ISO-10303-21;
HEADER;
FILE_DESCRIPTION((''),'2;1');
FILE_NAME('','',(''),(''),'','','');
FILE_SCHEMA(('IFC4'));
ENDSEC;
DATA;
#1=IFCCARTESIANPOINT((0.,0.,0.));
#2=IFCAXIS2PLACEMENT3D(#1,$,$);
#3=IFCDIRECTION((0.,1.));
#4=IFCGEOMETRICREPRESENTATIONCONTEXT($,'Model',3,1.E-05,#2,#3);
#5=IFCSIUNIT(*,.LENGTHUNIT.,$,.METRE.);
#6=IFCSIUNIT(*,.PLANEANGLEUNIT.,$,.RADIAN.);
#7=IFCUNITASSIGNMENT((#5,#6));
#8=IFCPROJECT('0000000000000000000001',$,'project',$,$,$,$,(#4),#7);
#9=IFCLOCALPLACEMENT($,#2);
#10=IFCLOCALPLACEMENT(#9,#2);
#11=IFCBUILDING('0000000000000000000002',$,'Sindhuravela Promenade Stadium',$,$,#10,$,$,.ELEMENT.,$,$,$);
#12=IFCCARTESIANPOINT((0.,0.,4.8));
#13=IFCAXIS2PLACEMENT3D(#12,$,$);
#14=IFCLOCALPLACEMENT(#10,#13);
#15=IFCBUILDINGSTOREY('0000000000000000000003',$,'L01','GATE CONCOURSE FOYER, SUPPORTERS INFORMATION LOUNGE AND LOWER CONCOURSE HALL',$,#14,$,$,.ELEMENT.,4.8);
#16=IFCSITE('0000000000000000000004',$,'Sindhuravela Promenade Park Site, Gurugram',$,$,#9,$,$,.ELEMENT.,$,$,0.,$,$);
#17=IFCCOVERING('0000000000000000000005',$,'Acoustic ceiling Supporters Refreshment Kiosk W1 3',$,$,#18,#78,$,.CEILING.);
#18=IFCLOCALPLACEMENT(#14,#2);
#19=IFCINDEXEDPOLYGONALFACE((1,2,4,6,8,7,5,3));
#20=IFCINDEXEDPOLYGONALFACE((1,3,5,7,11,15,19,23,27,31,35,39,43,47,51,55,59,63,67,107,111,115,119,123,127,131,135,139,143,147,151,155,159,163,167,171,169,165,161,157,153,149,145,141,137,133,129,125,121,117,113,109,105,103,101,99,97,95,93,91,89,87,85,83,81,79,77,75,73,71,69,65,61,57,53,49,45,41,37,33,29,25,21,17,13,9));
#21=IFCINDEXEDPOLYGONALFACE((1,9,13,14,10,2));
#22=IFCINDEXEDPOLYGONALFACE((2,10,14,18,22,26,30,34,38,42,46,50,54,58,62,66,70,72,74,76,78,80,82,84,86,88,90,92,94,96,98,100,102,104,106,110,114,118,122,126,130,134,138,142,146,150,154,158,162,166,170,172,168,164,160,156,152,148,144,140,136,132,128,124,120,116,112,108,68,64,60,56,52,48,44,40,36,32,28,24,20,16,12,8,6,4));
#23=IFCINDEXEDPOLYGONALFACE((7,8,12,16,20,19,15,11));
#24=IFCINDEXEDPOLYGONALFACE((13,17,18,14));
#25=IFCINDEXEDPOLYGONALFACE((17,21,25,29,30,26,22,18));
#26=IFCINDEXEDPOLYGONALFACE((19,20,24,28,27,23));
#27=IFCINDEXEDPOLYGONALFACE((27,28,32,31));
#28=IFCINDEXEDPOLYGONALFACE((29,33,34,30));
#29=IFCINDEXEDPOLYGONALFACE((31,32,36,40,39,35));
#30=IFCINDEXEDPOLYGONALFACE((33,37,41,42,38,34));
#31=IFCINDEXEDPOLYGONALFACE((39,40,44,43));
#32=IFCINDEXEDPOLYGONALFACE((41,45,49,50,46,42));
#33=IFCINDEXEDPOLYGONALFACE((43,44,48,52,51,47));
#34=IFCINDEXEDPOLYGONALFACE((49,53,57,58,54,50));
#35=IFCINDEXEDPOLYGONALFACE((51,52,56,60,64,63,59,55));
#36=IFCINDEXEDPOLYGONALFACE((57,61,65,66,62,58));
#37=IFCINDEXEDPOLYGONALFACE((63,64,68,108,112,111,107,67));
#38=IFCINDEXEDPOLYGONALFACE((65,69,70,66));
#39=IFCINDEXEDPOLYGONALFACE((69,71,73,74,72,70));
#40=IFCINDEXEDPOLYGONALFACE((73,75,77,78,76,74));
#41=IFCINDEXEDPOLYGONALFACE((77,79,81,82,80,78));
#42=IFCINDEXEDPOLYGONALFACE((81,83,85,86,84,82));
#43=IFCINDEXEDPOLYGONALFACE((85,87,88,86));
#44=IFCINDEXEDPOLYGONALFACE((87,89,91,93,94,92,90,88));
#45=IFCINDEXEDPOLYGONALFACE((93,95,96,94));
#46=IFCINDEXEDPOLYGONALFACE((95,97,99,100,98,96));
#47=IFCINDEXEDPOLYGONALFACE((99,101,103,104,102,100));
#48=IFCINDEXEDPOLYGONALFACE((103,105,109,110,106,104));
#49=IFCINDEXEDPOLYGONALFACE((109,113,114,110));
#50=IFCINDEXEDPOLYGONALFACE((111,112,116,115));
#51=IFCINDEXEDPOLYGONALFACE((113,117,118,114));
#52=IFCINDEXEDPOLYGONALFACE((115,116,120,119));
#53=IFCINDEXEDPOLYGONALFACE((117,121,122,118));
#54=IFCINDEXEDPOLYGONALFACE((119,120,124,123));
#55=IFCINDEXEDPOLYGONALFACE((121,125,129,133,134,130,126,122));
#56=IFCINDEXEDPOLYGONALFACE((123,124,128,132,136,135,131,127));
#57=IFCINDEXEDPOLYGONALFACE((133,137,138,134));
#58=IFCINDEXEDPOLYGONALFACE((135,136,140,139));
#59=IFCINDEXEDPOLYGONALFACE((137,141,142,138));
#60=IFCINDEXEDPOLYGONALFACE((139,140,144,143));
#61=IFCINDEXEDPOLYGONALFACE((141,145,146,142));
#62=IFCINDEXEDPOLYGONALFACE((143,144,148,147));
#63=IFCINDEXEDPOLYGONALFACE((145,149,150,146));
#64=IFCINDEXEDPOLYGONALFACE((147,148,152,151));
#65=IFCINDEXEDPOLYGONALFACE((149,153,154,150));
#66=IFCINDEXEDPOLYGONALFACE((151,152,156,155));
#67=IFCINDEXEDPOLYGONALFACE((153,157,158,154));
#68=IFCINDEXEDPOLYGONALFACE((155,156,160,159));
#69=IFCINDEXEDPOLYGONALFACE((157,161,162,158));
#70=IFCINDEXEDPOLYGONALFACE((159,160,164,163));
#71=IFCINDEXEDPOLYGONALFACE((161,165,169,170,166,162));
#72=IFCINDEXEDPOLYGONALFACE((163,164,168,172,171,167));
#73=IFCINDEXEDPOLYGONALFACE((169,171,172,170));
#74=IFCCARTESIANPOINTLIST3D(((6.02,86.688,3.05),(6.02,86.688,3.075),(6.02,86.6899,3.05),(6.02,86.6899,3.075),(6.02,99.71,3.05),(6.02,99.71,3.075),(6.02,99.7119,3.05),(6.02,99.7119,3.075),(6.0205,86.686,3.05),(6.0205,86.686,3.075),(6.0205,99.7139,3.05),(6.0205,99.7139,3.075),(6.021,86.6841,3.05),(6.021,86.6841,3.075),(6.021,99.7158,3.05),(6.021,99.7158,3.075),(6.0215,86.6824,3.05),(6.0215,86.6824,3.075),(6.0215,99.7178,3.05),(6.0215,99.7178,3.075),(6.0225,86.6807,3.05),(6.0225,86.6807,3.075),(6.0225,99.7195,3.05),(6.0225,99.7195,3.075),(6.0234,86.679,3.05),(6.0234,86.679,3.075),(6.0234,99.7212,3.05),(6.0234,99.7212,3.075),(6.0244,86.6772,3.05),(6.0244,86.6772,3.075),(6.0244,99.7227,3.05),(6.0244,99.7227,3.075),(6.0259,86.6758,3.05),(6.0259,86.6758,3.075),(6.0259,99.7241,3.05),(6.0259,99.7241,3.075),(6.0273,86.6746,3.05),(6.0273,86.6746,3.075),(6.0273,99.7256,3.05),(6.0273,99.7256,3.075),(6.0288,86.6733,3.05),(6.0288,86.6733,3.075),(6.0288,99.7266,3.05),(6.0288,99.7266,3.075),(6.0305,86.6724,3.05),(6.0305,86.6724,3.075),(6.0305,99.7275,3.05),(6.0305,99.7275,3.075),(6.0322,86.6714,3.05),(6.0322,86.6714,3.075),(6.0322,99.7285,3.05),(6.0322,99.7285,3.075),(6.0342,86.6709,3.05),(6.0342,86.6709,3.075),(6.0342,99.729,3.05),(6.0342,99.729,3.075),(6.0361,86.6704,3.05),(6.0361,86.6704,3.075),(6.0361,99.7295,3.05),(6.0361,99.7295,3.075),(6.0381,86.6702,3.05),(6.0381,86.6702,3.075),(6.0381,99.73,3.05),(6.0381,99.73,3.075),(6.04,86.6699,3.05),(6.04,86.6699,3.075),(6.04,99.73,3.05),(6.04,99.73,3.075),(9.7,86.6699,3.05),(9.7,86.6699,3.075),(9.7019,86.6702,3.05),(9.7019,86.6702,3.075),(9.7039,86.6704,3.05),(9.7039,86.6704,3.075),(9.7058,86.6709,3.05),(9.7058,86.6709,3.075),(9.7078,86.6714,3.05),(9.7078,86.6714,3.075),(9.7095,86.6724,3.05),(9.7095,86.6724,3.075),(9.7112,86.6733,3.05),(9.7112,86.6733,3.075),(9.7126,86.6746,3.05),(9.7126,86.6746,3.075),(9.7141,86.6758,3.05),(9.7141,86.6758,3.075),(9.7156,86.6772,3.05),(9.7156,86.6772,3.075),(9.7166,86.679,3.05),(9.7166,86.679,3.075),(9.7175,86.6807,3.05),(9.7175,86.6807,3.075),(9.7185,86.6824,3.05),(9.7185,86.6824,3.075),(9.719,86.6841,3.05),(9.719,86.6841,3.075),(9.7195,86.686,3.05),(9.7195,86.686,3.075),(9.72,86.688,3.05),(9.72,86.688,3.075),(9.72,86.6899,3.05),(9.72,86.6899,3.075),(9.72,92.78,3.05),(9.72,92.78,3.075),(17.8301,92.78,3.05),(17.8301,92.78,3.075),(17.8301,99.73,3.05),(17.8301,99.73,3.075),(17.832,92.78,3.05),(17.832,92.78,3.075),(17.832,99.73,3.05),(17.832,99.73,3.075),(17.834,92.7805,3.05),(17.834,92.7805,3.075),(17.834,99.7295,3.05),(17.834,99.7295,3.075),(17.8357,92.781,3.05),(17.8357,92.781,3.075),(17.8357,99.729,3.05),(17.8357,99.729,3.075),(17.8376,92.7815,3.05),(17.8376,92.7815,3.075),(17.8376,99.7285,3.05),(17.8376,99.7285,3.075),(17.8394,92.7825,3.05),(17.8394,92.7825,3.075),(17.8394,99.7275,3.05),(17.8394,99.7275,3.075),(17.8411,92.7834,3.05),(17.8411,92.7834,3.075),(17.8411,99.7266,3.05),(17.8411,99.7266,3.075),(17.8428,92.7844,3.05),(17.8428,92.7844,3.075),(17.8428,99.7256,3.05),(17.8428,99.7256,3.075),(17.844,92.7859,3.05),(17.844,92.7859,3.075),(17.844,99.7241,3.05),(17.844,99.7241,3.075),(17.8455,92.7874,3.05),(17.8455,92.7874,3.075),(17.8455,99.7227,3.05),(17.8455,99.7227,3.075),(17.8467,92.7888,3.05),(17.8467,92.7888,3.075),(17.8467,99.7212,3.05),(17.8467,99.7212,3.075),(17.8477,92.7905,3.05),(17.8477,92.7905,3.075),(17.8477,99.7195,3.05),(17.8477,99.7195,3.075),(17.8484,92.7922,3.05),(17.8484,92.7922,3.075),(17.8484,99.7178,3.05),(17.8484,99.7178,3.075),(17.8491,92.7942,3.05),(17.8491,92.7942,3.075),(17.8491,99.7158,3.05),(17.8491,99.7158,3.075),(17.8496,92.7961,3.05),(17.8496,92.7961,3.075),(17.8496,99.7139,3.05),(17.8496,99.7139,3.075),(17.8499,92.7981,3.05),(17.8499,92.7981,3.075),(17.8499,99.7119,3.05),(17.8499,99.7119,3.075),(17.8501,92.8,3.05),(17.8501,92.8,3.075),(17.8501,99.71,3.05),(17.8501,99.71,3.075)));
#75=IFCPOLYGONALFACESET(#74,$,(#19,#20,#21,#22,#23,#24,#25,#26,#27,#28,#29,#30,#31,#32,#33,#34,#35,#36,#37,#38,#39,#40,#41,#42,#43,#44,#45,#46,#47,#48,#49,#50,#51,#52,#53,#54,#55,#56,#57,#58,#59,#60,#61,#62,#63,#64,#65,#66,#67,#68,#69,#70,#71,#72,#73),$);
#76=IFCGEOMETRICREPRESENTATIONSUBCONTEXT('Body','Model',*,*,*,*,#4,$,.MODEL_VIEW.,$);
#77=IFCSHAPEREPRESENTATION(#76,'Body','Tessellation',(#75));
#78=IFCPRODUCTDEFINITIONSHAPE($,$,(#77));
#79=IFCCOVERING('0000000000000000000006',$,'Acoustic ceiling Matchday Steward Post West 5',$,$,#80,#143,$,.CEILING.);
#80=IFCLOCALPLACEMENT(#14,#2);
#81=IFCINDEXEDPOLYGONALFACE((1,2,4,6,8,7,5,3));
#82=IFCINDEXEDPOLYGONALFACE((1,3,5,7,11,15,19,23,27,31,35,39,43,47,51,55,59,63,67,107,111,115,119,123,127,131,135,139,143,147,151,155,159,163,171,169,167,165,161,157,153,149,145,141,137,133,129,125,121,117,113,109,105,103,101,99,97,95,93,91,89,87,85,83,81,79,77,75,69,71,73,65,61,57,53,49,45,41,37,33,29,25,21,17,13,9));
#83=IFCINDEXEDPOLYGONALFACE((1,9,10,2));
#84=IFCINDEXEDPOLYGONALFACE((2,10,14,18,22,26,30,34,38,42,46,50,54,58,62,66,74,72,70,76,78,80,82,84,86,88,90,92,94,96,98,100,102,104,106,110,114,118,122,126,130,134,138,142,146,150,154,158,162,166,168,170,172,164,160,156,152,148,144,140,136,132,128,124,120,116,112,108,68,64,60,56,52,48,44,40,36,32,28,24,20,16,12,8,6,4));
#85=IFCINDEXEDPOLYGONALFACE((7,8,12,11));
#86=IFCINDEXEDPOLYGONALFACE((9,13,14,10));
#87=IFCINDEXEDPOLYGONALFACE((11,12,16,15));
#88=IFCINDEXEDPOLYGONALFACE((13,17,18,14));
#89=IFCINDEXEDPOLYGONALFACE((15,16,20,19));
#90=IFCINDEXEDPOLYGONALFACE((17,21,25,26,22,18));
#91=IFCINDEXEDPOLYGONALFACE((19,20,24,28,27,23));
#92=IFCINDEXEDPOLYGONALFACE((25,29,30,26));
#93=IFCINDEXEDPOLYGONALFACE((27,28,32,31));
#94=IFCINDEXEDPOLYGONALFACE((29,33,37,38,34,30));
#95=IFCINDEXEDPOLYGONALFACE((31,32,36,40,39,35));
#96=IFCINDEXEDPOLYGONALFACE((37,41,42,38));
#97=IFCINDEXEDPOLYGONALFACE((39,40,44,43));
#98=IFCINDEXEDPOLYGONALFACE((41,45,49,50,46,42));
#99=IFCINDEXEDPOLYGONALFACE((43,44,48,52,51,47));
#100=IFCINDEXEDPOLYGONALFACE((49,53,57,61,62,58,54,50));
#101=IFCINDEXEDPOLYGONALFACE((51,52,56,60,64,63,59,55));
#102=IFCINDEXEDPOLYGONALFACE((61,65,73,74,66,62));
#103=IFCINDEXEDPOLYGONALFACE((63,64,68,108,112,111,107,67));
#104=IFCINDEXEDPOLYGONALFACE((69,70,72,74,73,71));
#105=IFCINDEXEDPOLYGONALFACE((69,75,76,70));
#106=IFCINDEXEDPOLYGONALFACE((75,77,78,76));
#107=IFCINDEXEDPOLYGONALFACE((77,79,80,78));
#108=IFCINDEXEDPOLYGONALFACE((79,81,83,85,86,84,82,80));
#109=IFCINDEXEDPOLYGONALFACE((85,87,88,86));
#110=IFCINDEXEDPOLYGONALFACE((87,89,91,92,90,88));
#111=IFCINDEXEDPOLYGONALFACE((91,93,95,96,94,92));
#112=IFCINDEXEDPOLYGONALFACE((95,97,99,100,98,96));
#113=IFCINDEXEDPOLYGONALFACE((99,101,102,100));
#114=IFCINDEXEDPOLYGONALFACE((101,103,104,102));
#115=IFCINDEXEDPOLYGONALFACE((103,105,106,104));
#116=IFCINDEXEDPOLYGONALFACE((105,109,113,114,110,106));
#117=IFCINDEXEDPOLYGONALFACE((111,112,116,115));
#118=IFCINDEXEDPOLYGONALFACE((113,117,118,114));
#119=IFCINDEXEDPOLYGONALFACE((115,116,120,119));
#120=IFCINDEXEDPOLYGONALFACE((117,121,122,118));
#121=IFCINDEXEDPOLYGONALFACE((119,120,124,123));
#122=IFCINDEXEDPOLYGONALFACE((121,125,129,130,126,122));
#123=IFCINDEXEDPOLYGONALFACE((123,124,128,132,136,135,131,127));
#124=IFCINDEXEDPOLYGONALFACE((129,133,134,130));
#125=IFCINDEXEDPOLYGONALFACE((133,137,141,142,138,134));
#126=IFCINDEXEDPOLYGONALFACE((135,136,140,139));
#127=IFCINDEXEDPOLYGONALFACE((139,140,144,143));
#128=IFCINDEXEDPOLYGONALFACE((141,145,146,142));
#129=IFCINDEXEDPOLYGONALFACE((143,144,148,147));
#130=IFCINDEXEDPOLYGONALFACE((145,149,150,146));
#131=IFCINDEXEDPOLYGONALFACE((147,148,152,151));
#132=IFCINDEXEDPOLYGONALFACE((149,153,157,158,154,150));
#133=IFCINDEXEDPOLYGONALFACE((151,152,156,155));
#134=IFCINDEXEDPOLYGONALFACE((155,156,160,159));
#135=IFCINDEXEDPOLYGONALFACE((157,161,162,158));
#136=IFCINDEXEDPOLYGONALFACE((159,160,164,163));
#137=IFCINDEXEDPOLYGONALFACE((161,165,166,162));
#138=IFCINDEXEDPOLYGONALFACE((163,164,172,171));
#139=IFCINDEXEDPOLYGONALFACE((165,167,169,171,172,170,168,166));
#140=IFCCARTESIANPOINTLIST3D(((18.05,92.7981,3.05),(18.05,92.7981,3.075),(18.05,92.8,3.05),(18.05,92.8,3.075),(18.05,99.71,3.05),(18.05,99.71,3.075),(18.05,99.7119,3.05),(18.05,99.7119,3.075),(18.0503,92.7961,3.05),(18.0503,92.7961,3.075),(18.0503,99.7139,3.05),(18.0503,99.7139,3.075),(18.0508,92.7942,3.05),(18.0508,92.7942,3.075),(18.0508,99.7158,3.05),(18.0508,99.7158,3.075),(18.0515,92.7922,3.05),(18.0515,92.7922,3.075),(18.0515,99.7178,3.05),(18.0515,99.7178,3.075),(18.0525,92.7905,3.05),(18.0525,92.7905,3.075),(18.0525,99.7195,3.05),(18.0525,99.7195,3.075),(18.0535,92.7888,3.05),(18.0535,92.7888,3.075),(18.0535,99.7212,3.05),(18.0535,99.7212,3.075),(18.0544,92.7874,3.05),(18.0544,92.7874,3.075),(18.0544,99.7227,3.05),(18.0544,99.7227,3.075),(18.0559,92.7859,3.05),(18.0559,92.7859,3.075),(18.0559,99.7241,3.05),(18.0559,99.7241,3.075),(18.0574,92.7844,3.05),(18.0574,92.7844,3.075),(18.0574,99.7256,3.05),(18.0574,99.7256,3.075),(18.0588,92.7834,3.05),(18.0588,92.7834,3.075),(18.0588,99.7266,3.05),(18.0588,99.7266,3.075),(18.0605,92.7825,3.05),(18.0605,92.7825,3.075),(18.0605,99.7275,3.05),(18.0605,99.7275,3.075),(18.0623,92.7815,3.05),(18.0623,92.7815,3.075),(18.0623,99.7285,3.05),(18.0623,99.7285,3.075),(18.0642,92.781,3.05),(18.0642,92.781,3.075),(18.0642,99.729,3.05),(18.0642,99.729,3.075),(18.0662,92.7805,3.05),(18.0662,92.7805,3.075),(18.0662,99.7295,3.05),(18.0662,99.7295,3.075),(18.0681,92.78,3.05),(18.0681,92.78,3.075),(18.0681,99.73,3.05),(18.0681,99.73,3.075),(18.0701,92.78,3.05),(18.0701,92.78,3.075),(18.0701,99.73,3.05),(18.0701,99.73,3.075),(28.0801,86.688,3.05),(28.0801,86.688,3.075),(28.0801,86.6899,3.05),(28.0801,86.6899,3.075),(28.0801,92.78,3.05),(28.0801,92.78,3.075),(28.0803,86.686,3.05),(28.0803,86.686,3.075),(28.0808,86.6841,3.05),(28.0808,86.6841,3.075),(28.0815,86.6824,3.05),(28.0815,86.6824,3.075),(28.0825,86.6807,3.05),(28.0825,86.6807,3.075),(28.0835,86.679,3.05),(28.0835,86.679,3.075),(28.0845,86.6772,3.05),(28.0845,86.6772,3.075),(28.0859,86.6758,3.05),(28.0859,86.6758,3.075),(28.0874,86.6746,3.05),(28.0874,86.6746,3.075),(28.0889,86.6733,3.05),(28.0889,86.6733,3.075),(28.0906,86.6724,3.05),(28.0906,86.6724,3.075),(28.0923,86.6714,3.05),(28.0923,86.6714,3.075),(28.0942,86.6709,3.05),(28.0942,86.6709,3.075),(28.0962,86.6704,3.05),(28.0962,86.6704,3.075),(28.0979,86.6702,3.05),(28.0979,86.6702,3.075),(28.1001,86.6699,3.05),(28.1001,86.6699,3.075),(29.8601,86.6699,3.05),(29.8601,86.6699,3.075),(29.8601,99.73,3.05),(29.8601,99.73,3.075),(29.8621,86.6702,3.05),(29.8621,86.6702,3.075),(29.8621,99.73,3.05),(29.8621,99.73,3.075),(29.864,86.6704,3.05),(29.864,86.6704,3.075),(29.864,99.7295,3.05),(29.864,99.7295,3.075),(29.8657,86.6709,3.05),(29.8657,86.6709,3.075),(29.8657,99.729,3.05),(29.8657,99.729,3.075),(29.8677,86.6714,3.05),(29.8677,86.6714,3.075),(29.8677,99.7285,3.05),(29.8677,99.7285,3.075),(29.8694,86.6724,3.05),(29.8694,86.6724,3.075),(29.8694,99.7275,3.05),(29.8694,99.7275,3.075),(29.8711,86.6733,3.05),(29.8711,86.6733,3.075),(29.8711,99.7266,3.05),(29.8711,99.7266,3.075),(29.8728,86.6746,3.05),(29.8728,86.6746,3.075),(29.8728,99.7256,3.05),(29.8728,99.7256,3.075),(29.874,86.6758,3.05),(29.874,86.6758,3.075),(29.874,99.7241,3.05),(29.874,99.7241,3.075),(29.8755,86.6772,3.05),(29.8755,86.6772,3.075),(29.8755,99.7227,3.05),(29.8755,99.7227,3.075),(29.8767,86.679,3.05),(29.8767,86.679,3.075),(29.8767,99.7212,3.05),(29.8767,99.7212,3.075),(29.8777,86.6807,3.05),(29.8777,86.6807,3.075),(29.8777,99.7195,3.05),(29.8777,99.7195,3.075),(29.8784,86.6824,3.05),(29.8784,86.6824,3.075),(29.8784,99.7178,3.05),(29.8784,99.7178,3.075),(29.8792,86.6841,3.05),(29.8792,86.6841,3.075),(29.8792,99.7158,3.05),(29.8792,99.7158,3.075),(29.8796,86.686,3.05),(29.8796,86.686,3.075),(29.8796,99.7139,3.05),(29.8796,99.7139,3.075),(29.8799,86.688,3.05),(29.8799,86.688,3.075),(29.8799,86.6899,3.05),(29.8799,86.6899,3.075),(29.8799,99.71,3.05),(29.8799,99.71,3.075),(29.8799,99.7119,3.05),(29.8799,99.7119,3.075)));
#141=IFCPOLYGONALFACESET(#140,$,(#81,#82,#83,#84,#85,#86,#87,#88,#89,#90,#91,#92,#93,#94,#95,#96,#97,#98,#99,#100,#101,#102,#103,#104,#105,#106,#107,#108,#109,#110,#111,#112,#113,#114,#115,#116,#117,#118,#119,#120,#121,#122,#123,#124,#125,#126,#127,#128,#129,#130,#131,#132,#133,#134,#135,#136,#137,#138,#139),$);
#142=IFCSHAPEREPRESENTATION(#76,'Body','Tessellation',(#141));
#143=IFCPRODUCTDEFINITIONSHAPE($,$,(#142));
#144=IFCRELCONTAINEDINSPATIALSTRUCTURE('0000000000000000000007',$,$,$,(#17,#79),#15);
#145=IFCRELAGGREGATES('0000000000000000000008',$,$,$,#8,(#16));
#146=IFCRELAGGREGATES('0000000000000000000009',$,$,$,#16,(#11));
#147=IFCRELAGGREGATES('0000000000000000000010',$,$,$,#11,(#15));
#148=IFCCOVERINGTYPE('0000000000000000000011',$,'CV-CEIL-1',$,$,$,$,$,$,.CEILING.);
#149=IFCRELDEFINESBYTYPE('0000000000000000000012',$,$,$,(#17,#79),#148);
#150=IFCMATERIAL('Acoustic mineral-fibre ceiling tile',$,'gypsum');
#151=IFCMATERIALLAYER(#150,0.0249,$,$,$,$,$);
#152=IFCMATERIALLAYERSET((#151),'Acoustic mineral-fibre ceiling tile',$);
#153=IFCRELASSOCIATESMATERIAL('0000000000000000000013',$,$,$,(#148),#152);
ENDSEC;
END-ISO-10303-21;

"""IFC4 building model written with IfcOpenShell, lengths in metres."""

from ifc_helpers import new_model, si_unit, direction, frame, origin, place, context, subcontext, project, spatial, polyline, outline, extrude, material, layer, layer_set, type_object, element, save


model = new_model("IFC4")

# Units and contexts
model_context = context("Model", 3, precision=1e-05, world=origin(), true_north=direction((0.0, 1.0)))
body_context = subcontext(model_context, "Body", "Model", "MODEL_VIEW")
ifc_project = project(units=[si_unit("LENGTHUNIT", "METRE"), si_unit("PLANEANGLEUNIT", "RADIAN")], contexts=[model_context])

# Site, building, storey
site_placement = place(None, origin())
site = spatial("IfcSite", under=ifc_project, at=site_placement, Name="Sindhuravela Promenade Park Site, Gurugram", CompositionType="ELEMENT", RefElevation=0.0)
building_placement = place(site_placement, origin())
building = spatial("IfcBuilding", under=site, at=building_placement, Name="Sindhuravela Promenade Stadium", CompositionType="ELEMENT")
storey_placement = place(building_placement, frame((0.0, 0.0, 4.8)))
storey = spatial("IfcBuildingStorey", under=building, at=storey_placement, Name="L01", Description="GATE CONCOURSE FOYER, SUPPORTERS INFORMATION LOUNGE AND LOWER CONCOURSE HALL", CompositionType="ELEMENT", Elevation=4.8)

# Coverings
ifc_material_1 = material(Name="Acoustic mineral-fibre ceiling tile", Category="gypsum")
ifc_layer_1 = layer(ifc_material_1, 0.0249)
ifc_layer_set_1 = layer_set([ifc_layer_1], Name="Acoustic mineral-fibre ceiling tile")
covering_type_1 = type_object("IfcCoveringType", Name="CV-CEIL-1", PredefinedType="CEILING", material=ifc_layer_set_1)
covering_1_placement = place(storey_placement, frame((0.0, 0.0, 3.05)))
element("IfcCovering", 1, at=covering_1_placement, inside=storey, type_object=covering_type_1, Name="Acoustic ceiling Supporters Refreshment Kiosk W1 3", PredefinedType="CEILING", context=body_context, shape_type="SweptSolid", body=[
    extrude(outline(polyline([(6.04, 86.6699), (6.0381, 86.6702), (6.0361, 86.6704), (6.0342, 86.6709), (6.0322, 86.6714), (6.0305, 86.6724), (6.0288, 86.6733), (6.0273, 86.6746), (6.0259, 86.6758), (6.0244, 86.6772), (6.0234, 86.679), (6.0225, 86.6807), (6.0215, 86.6824), (6.021, 86.6841), (6.0205, 86.686), (6.02, 86.688), (6.02, 86.6899), (6.02, 99.71), (6.02, 99.7119), (6.0205, 99.7139), (6.021, 99.7158), (6.0215, 99.7178), (6.0225, 99.7195), (6.0234, 99.7212), (6.0244, 99.7227), (6.0259, 99.7241), (6.0273, 99.7256), (6.0288, 99.7266), (6.0305, 99.7275), (6.0322, 99.7285), (6.0342, 99.729), (6.0361, 99.7295), (6.0381, 99.73), (6.04, 99.73), (17.8301, 99.73), (17.832, 99.73), (17.834, 99.7295), (17.8357, 99.729), (17.8376, 99.7285), (17.8394, 99.7275), (17.8411, 99.7266), (17.8428, 99.7256), (17.844, 99.7241), (17.8455, 99.7227), (17.8467, 99.7212), (17.8477, 99.7195), (17.8484, 99.7178), (17.8491, 99.7158), (17.8496, 99.7139), (17.8499, 99.7119), (17.8501, 99.71), (17.8501, 92.8), (17.8499, 92.7981), (17.8496, 92.7961), (17.8491, 92.7942), (17.8484, 92.7922), (17.8477, 92.7905), (17.8467, 92.7888), (17.8455, 92.7874), (17.844, 92.7859), (17.8428, 92.7844), (17.8411, 92.7834), (17.8394, 92.7825), (17.8376, 92.7815), (17.8357, 92.781), (17.834, 92.7805), (17.832, 92.78), (17.8301, 92.78), (9.72, 92.78), (9.72, 86.6899), (9.72, 86.688), (9.7195, 86.686), (9.719, 86.6841), (9.7185, 86.6824), (9.7175, 86.6807), (9.7166, 86.679), (9.7156, 86.6772), (9.7141, 86.6758), (9.7126, 86.6746), (9.7112, 86.6733), (9.7095, 86.6724), (9.7078, 86.6714), (9.7058, 86.6709), (9.7039, 86.6704), (9.7019, 86.6702), (9.7, 86.6699), (6.04, 86.6699)])), origin(), (0.0, 0.0, 1.0), 0.0249),
])
covering_2_placement = place(storey_placement, frame((0.0, 0.0, 3.05)))
element("IfcCovering", 2, at=covering_2_placement, inside=storey, type_object=covering_type_1, Name="Acoustic ceiling Matchday Steward Post West 5", PredefinedType="CEILING", context=body_context, shape_type="SweptSolid", body=[
    extrude(outline(polyline([(29.8601, 99.73), (29.8621, 99.73), (29.864, 99.7295), (29.8657, 99.729), (29.8677, 99.7285), (29.8694, 99.7275), (29.8711, 99.7266), (29.8728, 99.7256), (29.874, 99.7241), (29.8755, 99.7227), (29.8767, 99.7212), (29.8777, 99.7195), (29.8784, 99.7178), (29.8792, 99.7158), (29.8796, 99.7139), (29.8799, 99.7119), (29.8799, 99.71), (29.8799, 86.6899), (29.8799, 86.688), (29.8796, 86.686), (29.8792, 86.6841), (29.8784, 86.6824), (29.8777, 86.6807), (29.8767, 86.679), (29.8755, 86.6772), (29.874, 86.6758), (29.8728, 86.6746), (29.8711, 86.6733), (29.8694, 86.6724), (29.8677, 86.6714), (29.8657, 86.6709), (29.864, 86.6704), (29.8621, 86.6702), (29.8601, 86.6699), (28.1001, 86.6699), (28.0979, 86.6702), (28.0962, 86.6704), (28.0942, 86.6709), (28.0923, 86.6714), (28.0906, 86.6724), (28.0889, 86.6733), (28.0874, 86.6746), (28.0859, 86.6758), (28.0845, 86.6772), (28.0835, 86.679), (28.0825, 86.6807), (28.0815, 86.6824), (28.0808, 86.6841), (28.0803, 86.686), (28.0801, 86.688), (28.0801, 86.6899), (28.0801, 92.78), (18.0701, 92.78), (18.0681, 92.78), (18.0662, 92.7805), (18.0642, 92.781), (18.0623, 92.7815), (18.0605, 92.7825), (18.0588, 92.7834), (18.0574, 92.7844), (18.0559, 92.7859), (18.0544, 92.7874), (18.0535, 92.7888), (18.0525, 92.7905), (18.0515, 92.7922), (18.0508, 92.7942), (18.0503, 92.7961), (18.05, 92.7981), (18.05, 92.8), (18.05, 99.71), (18.05, 99.7119), (18.0503, 99.7139), (18.0508, 99.7158), (18.0515, 99.7178), (18.0525, 99.7195), (18.0535, 99.7212), (18.0544, 99.7227), (18.0559, 99.7241), (18.0574, 99.7256), (18.0588, 99.7266), (18.0605, 99.7275), (18.0623, 99.7285), (18.0642, 99.729), (18.0662, 99.7295), (18.0681, 99.73), (18.0701, 99.73), (29.8601, 99.73)])), origin(), (0.0, 0.0, 1.0), 0.0249),
])

save(model, "model.ifc")
